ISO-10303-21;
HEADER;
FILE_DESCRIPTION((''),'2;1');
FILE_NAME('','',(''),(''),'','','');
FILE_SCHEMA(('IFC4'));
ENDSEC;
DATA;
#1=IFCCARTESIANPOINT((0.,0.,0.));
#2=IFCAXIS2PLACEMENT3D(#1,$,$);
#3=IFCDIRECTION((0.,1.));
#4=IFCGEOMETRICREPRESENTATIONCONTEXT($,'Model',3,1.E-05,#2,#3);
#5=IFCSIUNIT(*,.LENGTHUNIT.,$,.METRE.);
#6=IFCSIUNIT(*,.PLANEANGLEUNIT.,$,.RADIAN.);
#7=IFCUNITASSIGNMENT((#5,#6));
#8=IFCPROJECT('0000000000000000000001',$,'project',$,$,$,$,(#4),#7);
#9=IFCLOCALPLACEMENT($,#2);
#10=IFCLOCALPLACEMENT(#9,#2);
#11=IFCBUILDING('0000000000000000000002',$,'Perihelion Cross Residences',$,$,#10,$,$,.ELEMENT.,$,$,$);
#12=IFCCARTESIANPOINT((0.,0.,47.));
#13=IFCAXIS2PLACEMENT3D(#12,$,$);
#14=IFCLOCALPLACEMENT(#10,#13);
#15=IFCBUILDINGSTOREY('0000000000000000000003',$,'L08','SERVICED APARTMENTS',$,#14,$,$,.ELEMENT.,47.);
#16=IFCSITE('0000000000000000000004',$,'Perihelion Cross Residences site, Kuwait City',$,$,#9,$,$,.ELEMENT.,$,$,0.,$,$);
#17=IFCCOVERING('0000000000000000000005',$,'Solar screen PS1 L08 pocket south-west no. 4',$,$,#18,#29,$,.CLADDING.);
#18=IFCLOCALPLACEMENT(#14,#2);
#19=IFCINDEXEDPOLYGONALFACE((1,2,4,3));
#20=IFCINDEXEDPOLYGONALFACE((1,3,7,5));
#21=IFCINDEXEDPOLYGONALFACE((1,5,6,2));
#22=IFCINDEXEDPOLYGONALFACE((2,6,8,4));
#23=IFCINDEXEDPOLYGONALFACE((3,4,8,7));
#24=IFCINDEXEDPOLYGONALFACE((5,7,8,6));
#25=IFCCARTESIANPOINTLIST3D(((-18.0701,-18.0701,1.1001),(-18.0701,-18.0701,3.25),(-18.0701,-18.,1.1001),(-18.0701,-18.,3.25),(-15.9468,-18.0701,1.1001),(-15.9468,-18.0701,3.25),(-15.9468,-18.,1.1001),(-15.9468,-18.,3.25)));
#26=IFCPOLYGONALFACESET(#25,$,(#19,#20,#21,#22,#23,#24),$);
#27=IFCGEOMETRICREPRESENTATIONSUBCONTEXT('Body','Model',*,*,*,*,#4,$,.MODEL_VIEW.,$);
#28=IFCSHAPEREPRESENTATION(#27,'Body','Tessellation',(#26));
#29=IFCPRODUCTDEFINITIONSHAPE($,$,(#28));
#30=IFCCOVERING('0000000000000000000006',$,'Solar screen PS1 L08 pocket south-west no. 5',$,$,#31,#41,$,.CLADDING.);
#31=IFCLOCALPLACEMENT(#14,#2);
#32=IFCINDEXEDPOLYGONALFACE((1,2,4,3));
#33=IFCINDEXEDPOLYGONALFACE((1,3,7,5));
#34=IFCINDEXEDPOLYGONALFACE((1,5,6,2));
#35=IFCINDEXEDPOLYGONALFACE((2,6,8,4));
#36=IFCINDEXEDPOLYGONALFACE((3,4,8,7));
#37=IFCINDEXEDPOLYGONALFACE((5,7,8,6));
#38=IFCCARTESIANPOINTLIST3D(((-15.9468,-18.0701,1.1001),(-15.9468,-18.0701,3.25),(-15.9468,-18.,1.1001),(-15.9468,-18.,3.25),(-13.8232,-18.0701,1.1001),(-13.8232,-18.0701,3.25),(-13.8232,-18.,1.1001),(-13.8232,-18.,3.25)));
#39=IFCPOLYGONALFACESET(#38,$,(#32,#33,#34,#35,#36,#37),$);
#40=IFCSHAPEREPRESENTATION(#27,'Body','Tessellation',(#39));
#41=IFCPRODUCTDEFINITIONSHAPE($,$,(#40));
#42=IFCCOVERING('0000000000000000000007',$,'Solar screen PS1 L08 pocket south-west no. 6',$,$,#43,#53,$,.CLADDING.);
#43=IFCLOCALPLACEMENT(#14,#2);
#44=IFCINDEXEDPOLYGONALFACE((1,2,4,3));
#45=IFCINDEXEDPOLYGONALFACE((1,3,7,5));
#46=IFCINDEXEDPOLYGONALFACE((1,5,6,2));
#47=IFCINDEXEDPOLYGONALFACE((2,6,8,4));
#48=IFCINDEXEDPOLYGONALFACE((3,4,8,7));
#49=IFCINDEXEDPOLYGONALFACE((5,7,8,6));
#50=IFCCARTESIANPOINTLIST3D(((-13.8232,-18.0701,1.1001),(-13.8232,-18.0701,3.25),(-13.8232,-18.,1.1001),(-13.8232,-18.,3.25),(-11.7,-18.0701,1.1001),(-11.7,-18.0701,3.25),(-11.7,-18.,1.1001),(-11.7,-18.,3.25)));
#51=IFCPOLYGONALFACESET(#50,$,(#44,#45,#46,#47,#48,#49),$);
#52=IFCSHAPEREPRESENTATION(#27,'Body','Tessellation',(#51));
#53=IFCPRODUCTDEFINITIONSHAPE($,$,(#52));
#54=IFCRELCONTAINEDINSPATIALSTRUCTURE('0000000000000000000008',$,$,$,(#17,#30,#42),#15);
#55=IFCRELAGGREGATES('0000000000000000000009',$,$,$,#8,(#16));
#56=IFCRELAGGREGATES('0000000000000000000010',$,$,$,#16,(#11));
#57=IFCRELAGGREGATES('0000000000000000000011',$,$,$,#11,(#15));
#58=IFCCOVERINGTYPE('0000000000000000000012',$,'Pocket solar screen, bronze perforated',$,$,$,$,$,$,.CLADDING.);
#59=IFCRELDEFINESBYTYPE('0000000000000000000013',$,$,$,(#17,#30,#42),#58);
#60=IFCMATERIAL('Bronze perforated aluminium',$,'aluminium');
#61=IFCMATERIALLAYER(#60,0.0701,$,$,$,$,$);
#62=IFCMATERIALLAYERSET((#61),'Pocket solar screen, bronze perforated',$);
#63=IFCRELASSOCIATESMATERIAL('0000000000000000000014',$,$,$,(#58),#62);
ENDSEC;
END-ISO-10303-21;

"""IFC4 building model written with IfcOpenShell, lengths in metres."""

from ifc_helpers import new_model, si_unit, direction, frame, origin, place, context, subcontext, project, spatial, polyline, outline, extrude, material, layer, layer_set, type_object, element, save


model = new_model("IFC4")

# Units and contexts
model_context = context("Model", 3, precision=1e-05, world=origin(), true_north=direction((0.0, 1.0)))
body_context = subcontext(model_context, "Body", "Model", "MODEL_VIEW")
ifc_project = project(units=[si_unit("LENGTHUNIT", "METRE"), si_unit("PLANEANGLEUNIT", "RADIAN")], contexts=[model_context])

# Site, building, storey
site_placement = place(None, origin())
site = spatial("IfcSite", under=ifc_project, at=site_placement, Name="Perihelion Cross Residences site, Kuwait City", CompositionType="ELEMENT", RefElevation=0.0)
building_placement = place(site_placement, origin())
building = spatial("IfcBuilding", under=site, at=building_placement, Name="Perihelion Cross Residences", CompositionType="ELEMENT")
storey_placement = place(building_placement, frame((0.0, 0.0, 47.0)))
storey = spatial("IfcBuildingStorey", under=building, at=storey_placement, Name="L08", Description="SERVICED APARTMENTS", CompositionType="ELEMENT", Elevation=47.0)

# Coverings
ifc_material_1 = material(Name="Bronze perforated aluminium", Category="aluminium")
ifc_layer_1 = layer(ifc_material_1, 0.0701)
ifc_layer_set_1 = layer_set([ifc_layer_1], Name="Pocket solar screen, bronze perforated")
covering_type_1 = type_object("IfcCoveringType", Name="Pocket solar screen, bronze perforated", PredefinedType="CLADDING", material=ifc_layer_set_1)
covering_1_placement = place(storey_placement, frame((0.0, 0.0, 1.1001)))
element("IfcCovering", 1, at=covering_1_placement, inside=storey, type_object=covering_type_1, Name="Solar screen PS1 L08 pocket south-west no. 4", PredefinedType="CLADDING", context=body_context, shape_type="SweptSolid", body=[
    extrude(outline(polyline([(-15.9468, -18.0701), (-15.9468, -18.0), (-18.0701, -18.0), (-18.0701, -18.0701), (-15.9468, -18.0701)])), origin(), (0.0, 0.0, 1.0), 2.1499),
])
covering_2_placement = place(storey_placement, frame((0.0, 0.0, 1.1001)))
element("IfcCovering", 2, at=covering_2_placement, inside=storey, type_object=covering_type_1, Name="Solar screen PS1 L08 pocket south-west no. 5", PredefinedType="CLADDING", context=body_context, shape_type="SweptSolid", body=[
    extrude(outline(polyline([(-13.8232, -18.0701), (-13.8232, -18.0), (-15.9468, -18.0), (-15.9468, -18.0701), (-13.8232, -18.0701)])), origin(), (0.0, 0.0, 1.0), 2.1499),
])
covering_3_placement = place(storey_placement, frame((0.0, 0.0, 1.1001)))
element("IfcCovering", 3, at=covering_3_placement, inside=storey, type_object=covering_type_1, Name="Solar screen PS1 L08 pocket south-west no. 6", PredefinedType="CLADDING", context=body_context, shape_type="SweptSolid", body=[
    extrude(outline(polyline([(-11.7, -18.0701), (-11.7, -18.0), (-13.8232, -18.0), (-13.8232, -18.0701), (-11.7, -18.0701)])), origin(), (0.0, 0.0, 1.0), 2.1499),
])

save(model, "model.ifc")
